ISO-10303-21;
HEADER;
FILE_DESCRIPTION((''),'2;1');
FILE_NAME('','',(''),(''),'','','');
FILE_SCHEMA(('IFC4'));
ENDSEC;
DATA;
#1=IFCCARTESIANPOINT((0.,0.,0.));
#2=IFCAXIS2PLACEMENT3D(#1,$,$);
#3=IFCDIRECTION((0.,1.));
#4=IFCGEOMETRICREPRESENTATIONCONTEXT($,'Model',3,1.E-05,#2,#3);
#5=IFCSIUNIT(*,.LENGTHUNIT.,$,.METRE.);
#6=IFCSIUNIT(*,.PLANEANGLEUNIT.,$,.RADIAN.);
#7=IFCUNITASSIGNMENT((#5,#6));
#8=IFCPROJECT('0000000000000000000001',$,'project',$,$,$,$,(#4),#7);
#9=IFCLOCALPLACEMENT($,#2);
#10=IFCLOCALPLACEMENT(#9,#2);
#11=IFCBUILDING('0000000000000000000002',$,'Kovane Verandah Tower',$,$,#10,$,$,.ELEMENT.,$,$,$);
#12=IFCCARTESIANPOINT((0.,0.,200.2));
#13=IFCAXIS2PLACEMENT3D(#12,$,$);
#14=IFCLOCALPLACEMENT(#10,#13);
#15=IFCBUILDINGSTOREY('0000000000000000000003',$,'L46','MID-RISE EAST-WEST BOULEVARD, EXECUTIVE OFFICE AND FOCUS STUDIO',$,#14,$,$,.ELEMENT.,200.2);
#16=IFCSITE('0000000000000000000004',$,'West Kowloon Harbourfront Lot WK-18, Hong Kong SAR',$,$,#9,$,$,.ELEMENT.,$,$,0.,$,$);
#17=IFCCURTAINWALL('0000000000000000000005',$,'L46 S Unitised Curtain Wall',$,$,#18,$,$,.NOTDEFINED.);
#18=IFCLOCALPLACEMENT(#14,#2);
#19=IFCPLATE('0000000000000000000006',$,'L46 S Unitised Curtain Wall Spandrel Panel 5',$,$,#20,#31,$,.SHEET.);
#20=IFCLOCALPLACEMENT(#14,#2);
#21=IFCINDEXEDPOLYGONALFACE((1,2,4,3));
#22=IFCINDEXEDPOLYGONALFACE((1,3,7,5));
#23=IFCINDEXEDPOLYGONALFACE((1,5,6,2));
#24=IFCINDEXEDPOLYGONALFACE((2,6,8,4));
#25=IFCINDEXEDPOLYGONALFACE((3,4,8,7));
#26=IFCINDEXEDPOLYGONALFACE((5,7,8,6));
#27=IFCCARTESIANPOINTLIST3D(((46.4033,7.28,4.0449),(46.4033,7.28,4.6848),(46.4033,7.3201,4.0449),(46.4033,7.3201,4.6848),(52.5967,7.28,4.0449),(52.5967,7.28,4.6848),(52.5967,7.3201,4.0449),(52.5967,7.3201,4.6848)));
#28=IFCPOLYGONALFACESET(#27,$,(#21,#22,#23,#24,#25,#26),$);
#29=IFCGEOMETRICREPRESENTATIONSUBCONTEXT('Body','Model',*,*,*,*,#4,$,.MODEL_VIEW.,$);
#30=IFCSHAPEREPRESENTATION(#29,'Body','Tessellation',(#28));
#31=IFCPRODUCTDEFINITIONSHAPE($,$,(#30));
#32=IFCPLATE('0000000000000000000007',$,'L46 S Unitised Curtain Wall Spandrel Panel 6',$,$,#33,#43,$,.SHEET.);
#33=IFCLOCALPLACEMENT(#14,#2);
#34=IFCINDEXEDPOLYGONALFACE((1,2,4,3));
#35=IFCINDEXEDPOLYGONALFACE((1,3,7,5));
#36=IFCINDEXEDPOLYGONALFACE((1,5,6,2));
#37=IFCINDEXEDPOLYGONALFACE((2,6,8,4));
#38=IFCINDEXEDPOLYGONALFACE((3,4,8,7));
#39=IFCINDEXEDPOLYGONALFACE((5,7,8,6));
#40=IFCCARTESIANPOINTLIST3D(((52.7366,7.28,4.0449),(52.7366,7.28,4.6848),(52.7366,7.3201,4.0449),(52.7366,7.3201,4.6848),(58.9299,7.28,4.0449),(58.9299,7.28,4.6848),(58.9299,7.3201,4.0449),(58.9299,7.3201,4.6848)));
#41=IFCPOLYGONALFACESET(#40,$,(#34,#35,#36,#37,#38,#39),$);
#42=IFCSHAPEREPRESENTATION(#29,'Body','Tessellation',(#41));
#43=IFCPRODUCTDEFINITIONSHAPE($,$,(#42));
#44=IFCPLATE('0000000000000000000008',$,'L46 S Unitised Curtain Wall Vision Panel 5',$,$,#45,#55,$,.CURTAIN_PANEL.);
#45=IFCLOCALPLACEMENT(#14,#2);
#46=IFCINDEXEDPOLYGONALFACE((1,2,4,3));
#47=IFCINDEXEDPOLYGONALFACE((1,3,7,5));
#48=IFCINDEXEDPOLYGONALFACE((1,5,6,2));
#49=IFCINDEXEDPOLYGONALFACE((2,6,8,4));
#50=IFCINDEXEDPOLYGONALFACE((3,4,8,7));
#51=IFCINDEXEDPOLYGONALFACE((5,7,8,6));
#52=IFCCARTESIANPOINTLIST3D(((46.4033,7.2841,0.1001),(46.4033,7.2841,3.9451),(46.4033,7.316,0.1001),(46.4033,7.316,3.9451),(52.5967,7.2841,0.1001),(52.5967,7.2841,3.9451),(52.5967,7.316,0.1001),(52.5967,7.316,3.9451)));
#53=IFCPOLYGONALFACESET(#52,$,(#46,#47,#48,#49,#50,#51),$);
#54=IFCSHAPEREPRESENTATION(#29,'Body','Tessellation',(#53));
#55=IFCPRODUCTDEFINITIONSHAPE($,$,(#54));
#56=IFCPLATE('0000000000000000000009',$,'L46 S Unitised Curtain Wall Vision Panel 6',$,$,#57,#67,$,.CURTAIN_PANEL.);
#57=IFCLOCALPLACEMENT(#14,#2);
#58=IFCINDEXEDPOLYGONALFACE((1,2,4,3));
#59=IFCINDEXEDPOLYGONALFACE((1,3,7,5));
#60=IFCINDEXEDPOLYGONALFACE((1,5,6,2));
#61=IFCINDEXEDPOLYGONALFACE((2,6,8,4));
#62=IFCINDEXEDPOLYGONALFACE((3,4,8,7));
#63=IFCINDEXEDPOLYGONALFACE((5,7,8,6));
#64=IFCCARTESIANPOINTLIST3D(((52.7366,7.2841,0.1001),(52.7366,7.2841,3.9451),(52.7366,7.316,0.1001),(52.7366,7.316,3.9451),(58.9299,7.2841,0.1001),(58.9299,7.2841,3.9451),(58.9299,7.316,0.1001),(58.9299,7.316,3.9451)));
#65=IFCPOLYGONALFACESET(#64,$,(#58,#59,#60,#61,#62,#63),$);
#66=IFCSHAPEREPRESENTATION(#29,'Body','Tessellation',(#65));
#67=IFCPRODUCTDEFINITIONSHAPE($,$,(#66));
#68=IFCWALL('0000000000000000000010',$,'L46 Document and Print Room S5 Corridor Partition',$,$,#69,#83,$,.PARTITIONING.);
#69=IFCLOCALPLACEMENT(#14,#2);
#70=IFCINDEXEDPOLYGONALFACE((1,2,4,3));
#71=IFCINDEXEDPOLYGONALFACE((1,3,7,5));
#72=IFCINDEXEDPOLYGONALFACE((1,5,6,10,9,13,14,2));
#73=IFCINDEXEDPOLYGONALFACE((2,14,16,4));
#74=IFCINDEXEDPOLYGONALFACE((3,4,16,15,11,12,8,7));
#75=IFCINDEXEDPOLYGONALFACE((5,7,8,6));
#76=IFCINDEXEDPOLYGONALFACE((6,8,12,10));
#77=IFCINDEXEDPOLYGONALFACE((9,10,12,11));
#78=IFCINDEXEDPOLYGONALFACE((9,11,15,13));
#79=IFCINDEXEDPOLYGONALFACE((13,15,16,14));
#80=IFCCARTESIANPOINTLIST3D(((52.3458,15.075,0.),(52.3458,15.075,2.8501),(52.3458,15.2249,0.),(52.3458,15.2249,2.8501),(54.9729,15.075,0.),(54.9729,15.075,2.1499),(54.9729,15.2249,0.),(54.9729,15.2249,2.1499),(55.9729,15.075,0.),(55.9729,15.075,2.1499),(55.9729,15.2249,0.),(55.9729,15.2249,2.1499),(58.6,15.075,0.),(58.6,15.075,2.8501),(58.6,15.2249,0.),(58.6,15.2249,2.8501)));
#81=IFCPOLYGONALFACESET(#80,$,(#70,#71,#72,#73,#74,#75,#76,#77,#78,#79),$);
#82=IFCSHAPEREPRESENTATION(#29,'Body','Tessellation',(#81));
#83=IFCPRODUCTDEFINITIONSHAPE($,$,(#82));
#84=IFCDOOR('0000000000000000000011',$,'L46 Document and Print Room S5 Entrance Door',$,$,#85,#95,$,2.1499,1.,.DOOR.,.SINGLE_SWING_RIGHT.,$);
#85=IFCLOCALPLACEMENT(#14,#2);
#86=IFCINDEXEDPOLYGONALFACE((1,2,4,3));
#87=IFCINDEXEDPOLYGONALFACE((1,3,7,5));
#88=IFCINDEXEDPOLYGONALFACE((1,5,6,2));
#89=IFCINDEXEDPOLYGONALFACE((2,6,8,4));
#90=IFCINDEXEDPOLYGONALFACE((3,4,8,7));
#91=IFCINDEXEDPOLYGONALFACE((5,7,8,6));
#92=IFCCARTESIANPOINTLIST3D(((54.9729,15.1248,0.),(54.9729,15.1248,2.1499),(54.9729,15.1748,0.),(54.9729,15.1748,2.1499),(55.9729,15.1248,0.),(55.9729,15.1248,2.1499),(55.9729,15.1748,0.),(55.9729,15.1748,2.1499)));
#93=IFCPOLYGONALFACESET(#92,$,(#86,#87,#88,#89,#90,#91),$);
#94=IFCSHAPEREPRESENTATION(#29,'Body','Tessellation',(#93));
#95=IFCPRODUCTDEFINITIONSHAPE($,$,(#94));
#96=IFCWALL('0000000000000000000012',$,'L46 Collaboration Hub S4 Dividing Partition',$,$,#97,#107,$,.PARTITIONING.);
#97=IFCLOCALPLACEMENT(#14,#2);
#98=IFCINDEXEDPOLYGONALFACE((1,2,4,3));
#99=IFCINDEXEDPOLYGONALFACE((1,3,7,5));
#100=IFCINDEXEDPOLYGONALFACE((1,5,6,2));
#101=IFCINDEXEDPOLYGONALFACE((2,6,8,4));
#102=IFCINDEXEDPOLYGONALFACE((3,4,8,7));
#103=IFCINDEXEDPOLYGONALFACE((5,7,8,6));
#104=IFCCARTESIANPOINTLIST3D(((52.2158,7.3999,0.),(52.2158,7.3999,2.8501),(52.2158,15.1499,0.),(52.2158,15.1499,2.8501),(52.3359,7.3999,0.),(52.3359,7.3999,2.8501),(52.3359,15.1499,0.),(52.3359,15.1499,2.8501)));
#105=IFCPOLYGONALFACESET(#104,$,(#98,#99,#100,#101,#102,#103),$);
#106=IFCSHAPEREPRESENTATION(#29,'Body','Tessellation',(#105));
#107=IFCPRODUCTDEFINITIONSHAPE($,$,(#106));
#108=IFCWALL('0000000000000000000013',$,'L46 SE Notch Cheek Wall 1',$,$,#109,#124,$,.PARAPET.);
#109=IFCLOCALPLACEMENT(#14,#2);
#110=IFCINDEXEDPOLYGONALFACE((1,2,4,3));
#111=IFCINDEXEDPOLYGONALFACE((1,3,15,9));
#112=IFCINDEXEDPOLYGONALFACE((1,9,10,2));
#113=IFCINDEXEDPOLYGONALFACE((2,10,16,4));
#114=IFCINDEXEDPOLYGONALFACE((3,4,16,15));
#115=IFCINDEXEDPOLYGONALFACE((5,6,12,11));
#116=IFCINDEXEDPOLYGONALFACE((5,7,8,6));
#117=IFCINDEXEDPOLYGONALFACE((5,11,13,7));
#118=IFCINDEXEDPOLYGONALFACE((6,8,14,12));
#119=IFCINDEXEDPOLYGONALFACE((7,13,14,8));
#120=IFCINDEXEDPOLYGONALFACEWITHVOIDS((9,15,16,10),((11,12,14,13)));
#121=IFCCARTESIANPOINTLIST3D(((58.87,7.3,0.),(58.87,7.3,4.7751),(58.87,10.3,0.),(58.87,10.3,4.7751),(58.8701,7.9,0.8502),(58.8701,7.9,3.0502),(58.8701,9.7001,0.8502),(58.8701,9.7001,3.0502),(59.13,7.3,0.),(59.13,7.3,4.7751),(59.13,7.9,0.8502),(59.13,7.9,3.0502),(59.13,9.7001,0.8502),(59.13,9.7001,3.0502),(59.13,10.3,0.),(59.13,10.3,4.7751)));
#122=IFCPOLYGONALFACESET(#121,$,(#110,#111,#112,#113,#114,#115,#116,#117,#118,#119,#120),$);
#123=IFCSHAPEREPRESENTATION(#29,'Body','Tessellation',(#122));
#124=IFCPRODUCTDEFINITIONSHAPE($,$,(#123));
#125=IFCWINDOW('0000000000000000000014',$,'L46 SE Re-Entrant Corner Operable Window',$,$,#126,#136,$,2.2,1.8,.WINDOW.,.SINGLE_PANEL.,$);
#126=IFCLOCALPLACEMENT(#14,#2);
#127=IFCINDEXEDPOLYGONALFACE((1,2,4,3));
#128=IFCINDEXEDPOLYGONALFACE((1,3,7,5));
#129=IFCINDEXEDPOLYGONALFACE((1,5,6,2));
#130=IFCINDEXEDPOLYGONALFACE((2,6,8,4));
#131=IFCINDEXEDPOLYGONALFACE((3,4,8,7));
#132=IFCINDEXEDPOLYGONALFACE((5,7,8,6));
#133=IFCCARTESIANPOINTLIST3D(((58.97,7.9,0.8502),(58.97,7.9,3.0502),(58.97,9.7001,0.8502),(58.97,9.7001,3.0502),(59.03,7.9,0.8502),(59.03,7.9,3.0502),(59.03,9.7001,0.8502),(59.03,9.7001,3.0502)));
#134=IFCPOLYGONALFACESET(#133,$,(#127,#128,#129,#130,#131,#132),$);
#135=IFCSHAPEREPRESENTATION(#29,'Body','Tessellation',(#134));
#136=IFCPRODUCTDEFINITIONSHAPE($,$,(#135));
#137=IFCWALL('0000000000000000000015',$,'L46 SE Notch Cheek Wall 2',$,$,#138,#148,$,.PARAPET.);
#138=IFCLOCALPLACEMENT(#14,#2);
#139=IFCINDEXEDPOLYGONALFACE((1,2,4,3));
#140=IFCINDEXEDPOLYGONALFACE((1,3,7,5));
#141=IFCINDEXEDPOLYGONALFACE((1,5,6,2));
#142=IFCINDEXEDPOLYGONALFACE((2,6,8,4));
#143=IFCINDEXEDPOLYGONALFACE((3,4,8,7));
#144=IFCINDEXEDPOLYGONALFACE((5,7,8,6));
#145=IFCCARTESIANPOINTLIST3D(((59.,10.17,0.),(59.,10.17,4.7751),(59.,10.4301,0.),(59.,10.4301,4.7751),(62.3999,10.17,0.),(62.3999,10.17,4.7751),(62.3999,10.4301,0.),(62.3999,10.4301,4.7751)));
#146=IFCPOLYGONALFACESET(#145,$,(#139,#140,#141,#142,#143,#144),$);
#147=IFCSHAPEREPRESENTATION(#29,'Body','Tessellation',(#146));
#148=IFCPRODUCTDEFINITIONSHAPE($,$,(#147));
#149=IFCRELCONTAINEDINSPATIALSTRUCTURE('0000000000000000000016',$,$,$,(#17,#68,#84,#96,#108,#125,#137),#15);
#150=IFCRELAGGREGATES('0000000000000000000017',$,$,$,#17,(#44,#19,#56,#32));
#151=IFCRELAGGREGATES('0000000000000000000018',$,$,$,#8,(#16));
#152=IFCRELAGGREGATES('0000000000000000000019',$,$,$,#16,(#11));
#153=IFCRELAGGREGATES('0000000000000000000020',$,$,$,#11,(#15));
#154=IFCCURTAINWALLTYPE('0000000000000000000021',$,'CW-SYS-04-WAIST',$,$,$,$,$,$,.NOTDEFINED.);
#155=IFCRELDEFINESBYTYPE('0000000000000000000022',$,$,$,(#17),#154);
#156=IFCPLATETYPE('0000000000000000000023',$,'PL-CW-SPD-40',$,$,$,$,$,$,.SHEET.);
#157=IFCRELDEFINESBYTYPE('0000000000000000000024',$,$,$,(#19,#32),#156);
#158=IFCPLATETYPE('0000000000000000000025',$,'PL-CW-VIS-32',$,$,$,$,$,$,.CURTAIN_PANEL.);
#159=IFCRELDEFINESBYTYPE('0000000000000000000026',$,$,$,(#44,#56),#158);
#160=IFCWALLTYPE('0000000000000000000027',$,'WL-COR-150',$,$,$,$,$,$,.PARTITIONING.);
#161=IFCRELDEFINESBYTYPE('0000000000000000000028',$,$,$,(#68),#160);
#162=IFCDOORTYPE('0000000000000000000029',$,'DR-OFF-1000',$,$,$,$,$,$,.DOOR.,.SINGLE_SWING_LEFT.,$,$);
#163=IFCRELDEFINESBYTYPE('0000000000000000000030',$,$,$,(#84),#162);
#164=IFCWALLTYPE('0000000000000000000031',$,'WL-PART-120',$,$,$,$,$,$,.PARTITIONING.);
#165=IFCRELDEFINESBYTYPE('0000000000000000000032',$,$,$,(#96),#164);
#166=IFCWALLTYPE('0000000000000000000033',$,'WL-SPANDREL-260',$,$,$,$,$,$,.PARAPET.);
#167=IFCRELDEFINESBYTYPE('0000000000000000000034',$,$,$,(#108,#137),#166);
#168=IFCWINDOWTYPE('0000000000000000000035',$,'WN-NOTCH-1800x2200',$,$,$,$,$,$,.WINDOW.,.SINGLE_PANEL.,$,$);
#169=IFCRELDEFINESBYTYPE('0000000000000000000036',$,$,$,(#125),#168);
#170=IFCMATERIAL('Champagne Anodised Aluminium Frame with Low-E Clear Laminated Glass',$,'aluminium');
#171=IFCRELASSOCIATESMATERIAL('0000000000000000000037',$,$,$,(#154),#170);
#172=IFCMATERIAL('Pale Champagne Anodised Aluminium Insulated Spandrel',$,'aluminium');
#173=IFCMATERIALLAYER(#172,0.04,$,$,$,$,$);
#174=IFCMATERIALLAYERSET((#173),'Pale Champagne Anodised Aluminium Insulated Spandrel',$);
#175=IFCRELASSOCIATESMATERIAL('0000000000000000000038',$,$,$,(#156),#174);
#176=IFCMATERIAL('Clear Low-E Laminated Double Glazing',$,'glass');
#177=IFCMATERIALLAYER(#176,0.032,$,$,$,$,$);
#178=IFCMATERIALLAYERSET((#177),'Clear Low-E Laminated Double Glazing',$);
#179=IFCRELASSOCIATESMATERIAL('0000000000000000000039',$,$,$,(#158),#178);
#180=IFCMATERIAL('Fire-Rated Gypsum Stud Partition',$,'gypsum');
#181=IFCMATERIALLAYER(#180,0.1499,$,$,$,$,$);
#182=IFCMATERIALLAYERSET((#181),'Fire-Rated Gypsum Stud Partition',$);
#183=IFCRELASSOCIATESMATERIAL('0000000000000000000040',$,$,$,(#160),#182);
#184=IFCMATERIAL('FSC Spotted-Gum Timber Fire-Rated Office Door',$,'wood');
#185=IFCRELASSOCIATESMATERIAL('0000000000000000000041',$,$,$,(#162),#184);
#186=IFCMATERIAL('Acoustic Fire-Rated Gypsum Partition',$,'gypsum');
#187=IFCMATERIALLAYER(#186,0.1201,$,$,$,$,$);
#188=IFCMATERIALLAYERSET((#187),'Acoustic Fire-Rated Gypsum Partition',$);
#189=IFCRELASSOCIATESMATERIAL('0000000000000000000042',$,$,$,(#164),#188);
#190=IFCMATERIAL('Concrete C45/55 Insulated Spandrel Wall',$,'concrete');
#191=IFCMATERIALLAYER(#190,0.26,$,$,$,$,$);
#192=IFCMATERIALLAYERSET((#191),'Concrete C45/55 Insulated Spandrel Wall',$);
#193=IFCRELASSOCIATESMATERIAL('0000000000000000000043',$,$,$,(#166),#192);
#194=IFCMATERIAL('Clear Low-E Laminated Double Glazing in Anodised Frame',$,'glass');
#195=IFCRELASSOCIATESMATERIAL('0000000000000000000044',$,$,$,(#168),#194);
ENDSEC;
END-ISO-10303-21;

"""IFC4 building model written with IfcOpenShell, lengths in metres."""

from ifc_helpers import new_model, si_unit, direction, frame, frame_2d, origin, origin_2d, place, context, subcontext, project, spatial, rectangle, extrude, material, layer, layer_set, type_object, element, fill, aggregate, save


model = new_model("IFC4")

# Units and contexts
model_context = context("Model", 3, precision=1e-05, world=origin(), true_north=direction((0.0, 1.0)))
body_context = subcontext(model_context, "Body", "Model", "MODEL_VIEW")
ifc_project = project(units=[si_unit("LENGTHUNIT", "METRE"), si_unit("PLANEANGLEUNIT", "RADIAN")], contexts=[model_context])

# Site, building, storey
site_placement = place(None, origin())
site = spatial("IfcSite", under=ifc_project, at=site_placement, Name="West Kowloon Harbourfront Lot WK-18, Hong Kong SAR", CompositionType="ELEMENT", RefElevation=0.0)
building_placement = place(site_placement, origin())
building = spatial("IfcBuilding", under=site, at=building_placement, Name="Kovane Verandah Tower", CompositionType="ELEMENT")
storey_placement = place(building_placement, frame((0.0, 0.0, 200.2)))
storey = spatial("IfcBuildingStorey", under=building, at=storey_placement, Name="L46", Description="MID-RISE EAST-WEST BOULEVARD, EXECUTIVE OFFICE AND FOCUS STUDIO", CompositionType="ELEMENT", Elevation=200.2)

# Curtain wall
ifc_material_1 = material(Name="Champagne Anodised Aluminium Frame with Low-E Clear Laminated Glass", Category="aluminium")
curtain_wall_type = type_object("IfcCurtainWallType", Name="CW-SYS-04-WAIST", PredefinedType="NOTDEFINED", material=ifc_material_1)
curtain_wall_placement = place(storey_placement, origin())
curtain_wall = element("IfcCurtainWall", 1, at=curtain_wall_placement, inside=storey, type_object=curtain_wall_type, Name="L46 S Unitised Curtain Wall", PredefinedType="NOTDEFINED")

# Plates
ifc_material_2 = material(Name="Pale Champagne Anodised Aluminium Insulated Spandrel", Category="aluminium")
ifc_layer_1 = layer(ifc_material_2, 0.04)
ifc_layer_set_1 = layer_set([ifc_layer_1], Name="Pale Champagne Anodised Aluminium Insulated Spandrel")
plate_type_1 = type_object("IfcPlateType", Name="PL-CW-SPD-40", PredefinedType="SHEET", material=ifc_layer_set_1)
plate_1_placement = place(storey_placement, frame((49.5, 7.3, 4.0449), z_axis=(0.0, 0.0, 1.0), x_axis=(1.0, 0.0, 0.0)))
plate_1 = element("IfcPlate", 2, at=plate_1_placement, type_object=plate_type_1, Name="L46 S Unitised Curtain Wall Spandrel Panel 5", PredefinedType="SHEET", context=body_context, shape_type="SweptSolid", body=[
    extrude(rectangle(XDim=6.1934, YDim=0.04, at=origin_2d()), origin(), (0.0, 0.0, 1.0), 0.6399),
])
plate_2_placement = place(storey_placement, frame((55.8333, 7.3, 4.0449), z_axis=(0.0, 0.0, 1.0), x_axis=(1.0, 0.0, 0.0)))
plate_2 = element("IfcPlate", 3, at=plate_2_placement, type_object=plate_type_1, Name="L46 S Unitised Curtain Wall Spandrel Panel 6", PredefinedType="SHEET", context=body_context, shape_type="SweptSolid", body=[
    extrude(rectangle(XDim=6.1934, YDim=0.04, at=origin_2d()), origin(), (0.0, 0.0, 1.0), 0.6399),
])
ifc_material_3 = material(Name="Clear Low-E Laminated Double Glazing", Category="glass")
ifc_layer_2 = layer(ifc_material_3, 0.032)
ifc_layer_set_2 = layer_set([ifc_layer_2], Name="Clear Low-E Laminated Double Glazing")
plate_type_2 = type_object("IfcPlateType", Name="PL-CW-VIS-32", PredefinedType="CURTAIN_PANEL", material=ifc_layer_set_2)
plate_3_placement = place(storey_placement, frame((49.5, 7.3, 0.1001), z_axis=(0.0, 0.0, 1.0), x_axis=(1.0, 0.0, 0.0)))
plate_3 = element("IfcPlate", 4, at=plate_3_placement, type_object=plate_type_2, Name="L46 S Unitised Curtain Wall Vision Panel 5", PredefinedType="CURTAIN_PANEL", context=body_context, shape_type="SweptSolid", body=[
    extrude(rectangle(XDim=6.1934, YDim=0.032, at=origin_2d()), origin(), (0.0, 0.0, 1.0), 3.845),
])
plate_4_placement = place(storey_placement, frame((55.8333, 7.3, 0.1001), z_axis=(0.0, 0.0, 1.0), x_axis=(1.0, 0.0, 0.0)))
plate_4 = element("IfcPlate", 5, at=plate_4_placement, type_object=plate_type_2, Name="L46 S Unitised Curtain Wall Vision Panel 6", PredefinedType="CURTAIN_PANEL", context=body_context, shape_type="SweptSolid", body=[
    extrude(rectangle(XDim=6.1934, YDim=0.032, at=origin_2d()), origin(), (0.0, 0.0, 1.0), 3.845),
])
aggregate(curtain_wall, [plate_3, plate_1, plate_4, plate_2])

# Wall, opening, door
ifc_material_4 = material(Name="Fire-Rated Gypsum Stud Partition", Category="gypsum")
ifc_layer_3 = layer(ifc_material_4, 0.1499)
ifc_layer_set_3 = layer_set([ifc_layer_3], Name="Fire-Rated Gypsum Stud Partition")
wall_type_1 = type_object("IfcWallType", Name="WL-COR-150", PredefinedType="PARTITIONING", material=ifc_layer_set_3)
wall_1_placement = place(storey_placement, frame((52.3459, 15.1499, 0.0), z_axis=(0.0, 0.0, 1.0), x_axis=(1.0, 0.0, 0.0)))
wall_1 = element("IfcWall", 6, at=wall_1_placement, inside=storey, type_object=wall_type_1, Name="L46 Document and Print Room S5 Corridor Partition", PredefinedType="PARTITIONING", context=body_context, shape_type="SweptSolid", body=[
    extrude(rectangle(XDim=6.2542, YDim=0.1499, at=frame_2d((3.127, 0.0))), origin(), (0.0, 0.0, 1.0), 2.8501),
])
opening_1_placement = place(wall_1_placement, frame((2.627, 0.0, 0.0)))
opening_1 = element("IfcOpeningElement", 7, at=opening_1_placement, cuts=wall_1, PredefinedType="OPENING", context=body_context, shape_type="SweptSolid", body=[
    extrude(rectangle(XDim=1.0, YDim=2.1499, at=frame_2d((0.5, 1.075))), frame((0.0, 0.075, 0.0), z_axis=(0.0, -1.0, 0.0), x_axis=(1.0, 0.0, 0.0)), (0.0, 0.0, 1.0), 0.1499),
])
ifc_material_5 = material(Name="FSC Spotted-Gum Timber Fire-Rated Office Door", Category="wood")
door_type_1 = type_object("IfcDoorType", Name="DR-OFF-1000", OperationType="SINGLE_SWING_LEFT", PredefinedType="DOOR", material=ifc_material_5)
door_1_placement = place(opening_1_placement, origin())
door_1 = element("IfcDoor", 8, at=door_1_placement, inside=storey, type_object=door_type_1, Name="L46 Document and Print Room S5 Entrance Door", OperationType="SINGLE_SWING_RIGHT", OverallHeight=2.1499, OverallWidth=1.0, PredefinedType="DOOR", context=body_context, shape_type="SweptSolid", body=[
    extrude(rectangle(XDim=1.0, YDim=2.1499, at=frame_2d((0.5, 1.075))), frame((0.0, 0.0249, 0.0), z_axis=(0.0, -1.0, 0.0), x_axis=(1.0, 0.0, 0.0)), (0.0, 0.0, 1.0), 0.05),
])
fill(opening_1, door_1)

# Wall
ifc_material_6 = material(Name="Acoustic Fire-Rated Gypsum Partition", Category="gypsum")
ifc_layer_4 = layer(ifc_material_6, 0.1201)
ifc_layer_set_4 = layer_set([ifc_layer_4], Name="Acoustic Fire-Rated Gypsum Partition")
wall_type_2 = type_object("IfcWallType", Name="WL-PART-120", PredefinedType="PARTITIONING", material=ifc_layer_set_4)
wall_2_placement = place(storey_placement, frame((52.2759, 7.3999, 0.0), z_axis=(0.0, 0.0, 1.0), x_axis=(0.0, 1.0, 0.0)))
element("IfcWall", 9, at=wall_2_placement, inside=storey, type_object=wall_type_2, Name="L46 Collaboration Hub S4 Dividing Partition", PredefinedType="PARTITIONING", context=body_context, shape_type="SweptSolid", body=[
    extrude(rectangle(XDim=7.75, YDim=0.1201, at=frame_2d((3.875, 0.0))), origin(), (0.0, 0.0, 1.0), 2.8501),
])

# Shared definitions
ifc_material_7 = material(Name="Concrete C45/55 Insulated Spandrel Wall", Category="concrete")
ifc_layer_5 = layer(ifc_material_7, 0.26)
ifc_layer_set_5 = layer_set([ifc_layer_5], Name="Concrete C45/55 Insulated Spandrel Wall")
wall_type_3 = type_object("IfcWallType", Name="WL-SPANDREL-260", PredefinedType="PARAPET", material=ifc_layer_set_5)
ifc_material_8 = material(Name="Clear Low-E Laminated Double Glazing in Anodised Frame", Category="glass")

# Wall, opening, window
wall_3_placement = place(storey_placement, frame((59.0, 7.3, 0.0), z_axis=(0.0, 0.0, 1.0), x_axis=(0.0, 1.0, 0.0)))
wall_3 = element("IfcWall", 10, at=wall_3_placement, inside=storey, type_object=wall_type_3, Name="L46 SE Notch Cheek Wall 1", PredefinedType="PARAPET", context=body_context, shape_type="SweptSolid", body=[
    extrude(rectangle(XDim=3.0, YDim=0.26, at=frame_2d((1.5, 0.0))), origin(), (0.0, 0.0, 1.0), 4.7751),
])
opening_2_placement = place(wall_3_placement, frame((0.6001, 0.0, 0.8501)))
opening_2 = element("IfcOpeningElement", 11, at=opening_2_placement, cuts=wall_3, PredefinedType="OPENING", context=body_context, shape_type="SweptSolid", body=[
    extrude(rectangle(XDim=1.8, YDim=2.2, at=frame_2d((0.8999, 1.1001))), frame((0.0, 0.1299, 0.0), z_axis=(0.0, -1.0, 0.0), x_axis=(1.0, 0.0, 0.0)), (0.0, 0.0, 1.0), 0.26),
])
window_type_1 = type_object("IfcWindowType", Name="WN-NOTCH-1800x2200", PartitioningType="SINGLE_PANEL", PredefinedType="WINDOW", material=ifc_material_8)
window_1_placement = place(opening_2_placement, origin())
window_1 = element("IfcWindow", 12, at=window_1_placement, inside=storey, type_object=window_type_1, Name="L46 SE Re-Entrant Corner Operable Window", OverallHeight=2.2, OverallWidth=1.8, PartitioningType="SINGLE_PANEL", PredefinedType="WINDOW", context=body_context, shape_type="SweptSolid", body=[
    extrude(rectangle(XDim=1.8, YDim=2.2, at=frame_2d((0.8999, 1.1001))), frame((0.0, 0.03, 0.0), z_axis=(0.0, -1.0, 0.0), x_axis=(1.0, 0.0, 0.0)), (0.0, 0.0, 1.0), 0.0601),
])
fill(opening_2, window_1)

# Wall
wall_4_placement = place(storey_placement, frame((59.0, 10.3, 0.0), z_axis=(0.0, 0.0, 1.0), x_axis=(1.0, 0.0, 0.0)))
element("IfcWall", 13, at=wall_4_placement, inside=storey, type_object=wall_type_3, Name="L46 SE Notch Cheek Wall 2", PredefinedType="PARAPET", context=body_context, shape_type="SweptSolid", body=[
    extrude(rectangle(XDim=3.3999, YDim=0.26, at=frame_2d((1.7, 0.0))), origin(), (0.0, 0.0, 1.0), 4.7751),
])

save(model, "model.ifc")
